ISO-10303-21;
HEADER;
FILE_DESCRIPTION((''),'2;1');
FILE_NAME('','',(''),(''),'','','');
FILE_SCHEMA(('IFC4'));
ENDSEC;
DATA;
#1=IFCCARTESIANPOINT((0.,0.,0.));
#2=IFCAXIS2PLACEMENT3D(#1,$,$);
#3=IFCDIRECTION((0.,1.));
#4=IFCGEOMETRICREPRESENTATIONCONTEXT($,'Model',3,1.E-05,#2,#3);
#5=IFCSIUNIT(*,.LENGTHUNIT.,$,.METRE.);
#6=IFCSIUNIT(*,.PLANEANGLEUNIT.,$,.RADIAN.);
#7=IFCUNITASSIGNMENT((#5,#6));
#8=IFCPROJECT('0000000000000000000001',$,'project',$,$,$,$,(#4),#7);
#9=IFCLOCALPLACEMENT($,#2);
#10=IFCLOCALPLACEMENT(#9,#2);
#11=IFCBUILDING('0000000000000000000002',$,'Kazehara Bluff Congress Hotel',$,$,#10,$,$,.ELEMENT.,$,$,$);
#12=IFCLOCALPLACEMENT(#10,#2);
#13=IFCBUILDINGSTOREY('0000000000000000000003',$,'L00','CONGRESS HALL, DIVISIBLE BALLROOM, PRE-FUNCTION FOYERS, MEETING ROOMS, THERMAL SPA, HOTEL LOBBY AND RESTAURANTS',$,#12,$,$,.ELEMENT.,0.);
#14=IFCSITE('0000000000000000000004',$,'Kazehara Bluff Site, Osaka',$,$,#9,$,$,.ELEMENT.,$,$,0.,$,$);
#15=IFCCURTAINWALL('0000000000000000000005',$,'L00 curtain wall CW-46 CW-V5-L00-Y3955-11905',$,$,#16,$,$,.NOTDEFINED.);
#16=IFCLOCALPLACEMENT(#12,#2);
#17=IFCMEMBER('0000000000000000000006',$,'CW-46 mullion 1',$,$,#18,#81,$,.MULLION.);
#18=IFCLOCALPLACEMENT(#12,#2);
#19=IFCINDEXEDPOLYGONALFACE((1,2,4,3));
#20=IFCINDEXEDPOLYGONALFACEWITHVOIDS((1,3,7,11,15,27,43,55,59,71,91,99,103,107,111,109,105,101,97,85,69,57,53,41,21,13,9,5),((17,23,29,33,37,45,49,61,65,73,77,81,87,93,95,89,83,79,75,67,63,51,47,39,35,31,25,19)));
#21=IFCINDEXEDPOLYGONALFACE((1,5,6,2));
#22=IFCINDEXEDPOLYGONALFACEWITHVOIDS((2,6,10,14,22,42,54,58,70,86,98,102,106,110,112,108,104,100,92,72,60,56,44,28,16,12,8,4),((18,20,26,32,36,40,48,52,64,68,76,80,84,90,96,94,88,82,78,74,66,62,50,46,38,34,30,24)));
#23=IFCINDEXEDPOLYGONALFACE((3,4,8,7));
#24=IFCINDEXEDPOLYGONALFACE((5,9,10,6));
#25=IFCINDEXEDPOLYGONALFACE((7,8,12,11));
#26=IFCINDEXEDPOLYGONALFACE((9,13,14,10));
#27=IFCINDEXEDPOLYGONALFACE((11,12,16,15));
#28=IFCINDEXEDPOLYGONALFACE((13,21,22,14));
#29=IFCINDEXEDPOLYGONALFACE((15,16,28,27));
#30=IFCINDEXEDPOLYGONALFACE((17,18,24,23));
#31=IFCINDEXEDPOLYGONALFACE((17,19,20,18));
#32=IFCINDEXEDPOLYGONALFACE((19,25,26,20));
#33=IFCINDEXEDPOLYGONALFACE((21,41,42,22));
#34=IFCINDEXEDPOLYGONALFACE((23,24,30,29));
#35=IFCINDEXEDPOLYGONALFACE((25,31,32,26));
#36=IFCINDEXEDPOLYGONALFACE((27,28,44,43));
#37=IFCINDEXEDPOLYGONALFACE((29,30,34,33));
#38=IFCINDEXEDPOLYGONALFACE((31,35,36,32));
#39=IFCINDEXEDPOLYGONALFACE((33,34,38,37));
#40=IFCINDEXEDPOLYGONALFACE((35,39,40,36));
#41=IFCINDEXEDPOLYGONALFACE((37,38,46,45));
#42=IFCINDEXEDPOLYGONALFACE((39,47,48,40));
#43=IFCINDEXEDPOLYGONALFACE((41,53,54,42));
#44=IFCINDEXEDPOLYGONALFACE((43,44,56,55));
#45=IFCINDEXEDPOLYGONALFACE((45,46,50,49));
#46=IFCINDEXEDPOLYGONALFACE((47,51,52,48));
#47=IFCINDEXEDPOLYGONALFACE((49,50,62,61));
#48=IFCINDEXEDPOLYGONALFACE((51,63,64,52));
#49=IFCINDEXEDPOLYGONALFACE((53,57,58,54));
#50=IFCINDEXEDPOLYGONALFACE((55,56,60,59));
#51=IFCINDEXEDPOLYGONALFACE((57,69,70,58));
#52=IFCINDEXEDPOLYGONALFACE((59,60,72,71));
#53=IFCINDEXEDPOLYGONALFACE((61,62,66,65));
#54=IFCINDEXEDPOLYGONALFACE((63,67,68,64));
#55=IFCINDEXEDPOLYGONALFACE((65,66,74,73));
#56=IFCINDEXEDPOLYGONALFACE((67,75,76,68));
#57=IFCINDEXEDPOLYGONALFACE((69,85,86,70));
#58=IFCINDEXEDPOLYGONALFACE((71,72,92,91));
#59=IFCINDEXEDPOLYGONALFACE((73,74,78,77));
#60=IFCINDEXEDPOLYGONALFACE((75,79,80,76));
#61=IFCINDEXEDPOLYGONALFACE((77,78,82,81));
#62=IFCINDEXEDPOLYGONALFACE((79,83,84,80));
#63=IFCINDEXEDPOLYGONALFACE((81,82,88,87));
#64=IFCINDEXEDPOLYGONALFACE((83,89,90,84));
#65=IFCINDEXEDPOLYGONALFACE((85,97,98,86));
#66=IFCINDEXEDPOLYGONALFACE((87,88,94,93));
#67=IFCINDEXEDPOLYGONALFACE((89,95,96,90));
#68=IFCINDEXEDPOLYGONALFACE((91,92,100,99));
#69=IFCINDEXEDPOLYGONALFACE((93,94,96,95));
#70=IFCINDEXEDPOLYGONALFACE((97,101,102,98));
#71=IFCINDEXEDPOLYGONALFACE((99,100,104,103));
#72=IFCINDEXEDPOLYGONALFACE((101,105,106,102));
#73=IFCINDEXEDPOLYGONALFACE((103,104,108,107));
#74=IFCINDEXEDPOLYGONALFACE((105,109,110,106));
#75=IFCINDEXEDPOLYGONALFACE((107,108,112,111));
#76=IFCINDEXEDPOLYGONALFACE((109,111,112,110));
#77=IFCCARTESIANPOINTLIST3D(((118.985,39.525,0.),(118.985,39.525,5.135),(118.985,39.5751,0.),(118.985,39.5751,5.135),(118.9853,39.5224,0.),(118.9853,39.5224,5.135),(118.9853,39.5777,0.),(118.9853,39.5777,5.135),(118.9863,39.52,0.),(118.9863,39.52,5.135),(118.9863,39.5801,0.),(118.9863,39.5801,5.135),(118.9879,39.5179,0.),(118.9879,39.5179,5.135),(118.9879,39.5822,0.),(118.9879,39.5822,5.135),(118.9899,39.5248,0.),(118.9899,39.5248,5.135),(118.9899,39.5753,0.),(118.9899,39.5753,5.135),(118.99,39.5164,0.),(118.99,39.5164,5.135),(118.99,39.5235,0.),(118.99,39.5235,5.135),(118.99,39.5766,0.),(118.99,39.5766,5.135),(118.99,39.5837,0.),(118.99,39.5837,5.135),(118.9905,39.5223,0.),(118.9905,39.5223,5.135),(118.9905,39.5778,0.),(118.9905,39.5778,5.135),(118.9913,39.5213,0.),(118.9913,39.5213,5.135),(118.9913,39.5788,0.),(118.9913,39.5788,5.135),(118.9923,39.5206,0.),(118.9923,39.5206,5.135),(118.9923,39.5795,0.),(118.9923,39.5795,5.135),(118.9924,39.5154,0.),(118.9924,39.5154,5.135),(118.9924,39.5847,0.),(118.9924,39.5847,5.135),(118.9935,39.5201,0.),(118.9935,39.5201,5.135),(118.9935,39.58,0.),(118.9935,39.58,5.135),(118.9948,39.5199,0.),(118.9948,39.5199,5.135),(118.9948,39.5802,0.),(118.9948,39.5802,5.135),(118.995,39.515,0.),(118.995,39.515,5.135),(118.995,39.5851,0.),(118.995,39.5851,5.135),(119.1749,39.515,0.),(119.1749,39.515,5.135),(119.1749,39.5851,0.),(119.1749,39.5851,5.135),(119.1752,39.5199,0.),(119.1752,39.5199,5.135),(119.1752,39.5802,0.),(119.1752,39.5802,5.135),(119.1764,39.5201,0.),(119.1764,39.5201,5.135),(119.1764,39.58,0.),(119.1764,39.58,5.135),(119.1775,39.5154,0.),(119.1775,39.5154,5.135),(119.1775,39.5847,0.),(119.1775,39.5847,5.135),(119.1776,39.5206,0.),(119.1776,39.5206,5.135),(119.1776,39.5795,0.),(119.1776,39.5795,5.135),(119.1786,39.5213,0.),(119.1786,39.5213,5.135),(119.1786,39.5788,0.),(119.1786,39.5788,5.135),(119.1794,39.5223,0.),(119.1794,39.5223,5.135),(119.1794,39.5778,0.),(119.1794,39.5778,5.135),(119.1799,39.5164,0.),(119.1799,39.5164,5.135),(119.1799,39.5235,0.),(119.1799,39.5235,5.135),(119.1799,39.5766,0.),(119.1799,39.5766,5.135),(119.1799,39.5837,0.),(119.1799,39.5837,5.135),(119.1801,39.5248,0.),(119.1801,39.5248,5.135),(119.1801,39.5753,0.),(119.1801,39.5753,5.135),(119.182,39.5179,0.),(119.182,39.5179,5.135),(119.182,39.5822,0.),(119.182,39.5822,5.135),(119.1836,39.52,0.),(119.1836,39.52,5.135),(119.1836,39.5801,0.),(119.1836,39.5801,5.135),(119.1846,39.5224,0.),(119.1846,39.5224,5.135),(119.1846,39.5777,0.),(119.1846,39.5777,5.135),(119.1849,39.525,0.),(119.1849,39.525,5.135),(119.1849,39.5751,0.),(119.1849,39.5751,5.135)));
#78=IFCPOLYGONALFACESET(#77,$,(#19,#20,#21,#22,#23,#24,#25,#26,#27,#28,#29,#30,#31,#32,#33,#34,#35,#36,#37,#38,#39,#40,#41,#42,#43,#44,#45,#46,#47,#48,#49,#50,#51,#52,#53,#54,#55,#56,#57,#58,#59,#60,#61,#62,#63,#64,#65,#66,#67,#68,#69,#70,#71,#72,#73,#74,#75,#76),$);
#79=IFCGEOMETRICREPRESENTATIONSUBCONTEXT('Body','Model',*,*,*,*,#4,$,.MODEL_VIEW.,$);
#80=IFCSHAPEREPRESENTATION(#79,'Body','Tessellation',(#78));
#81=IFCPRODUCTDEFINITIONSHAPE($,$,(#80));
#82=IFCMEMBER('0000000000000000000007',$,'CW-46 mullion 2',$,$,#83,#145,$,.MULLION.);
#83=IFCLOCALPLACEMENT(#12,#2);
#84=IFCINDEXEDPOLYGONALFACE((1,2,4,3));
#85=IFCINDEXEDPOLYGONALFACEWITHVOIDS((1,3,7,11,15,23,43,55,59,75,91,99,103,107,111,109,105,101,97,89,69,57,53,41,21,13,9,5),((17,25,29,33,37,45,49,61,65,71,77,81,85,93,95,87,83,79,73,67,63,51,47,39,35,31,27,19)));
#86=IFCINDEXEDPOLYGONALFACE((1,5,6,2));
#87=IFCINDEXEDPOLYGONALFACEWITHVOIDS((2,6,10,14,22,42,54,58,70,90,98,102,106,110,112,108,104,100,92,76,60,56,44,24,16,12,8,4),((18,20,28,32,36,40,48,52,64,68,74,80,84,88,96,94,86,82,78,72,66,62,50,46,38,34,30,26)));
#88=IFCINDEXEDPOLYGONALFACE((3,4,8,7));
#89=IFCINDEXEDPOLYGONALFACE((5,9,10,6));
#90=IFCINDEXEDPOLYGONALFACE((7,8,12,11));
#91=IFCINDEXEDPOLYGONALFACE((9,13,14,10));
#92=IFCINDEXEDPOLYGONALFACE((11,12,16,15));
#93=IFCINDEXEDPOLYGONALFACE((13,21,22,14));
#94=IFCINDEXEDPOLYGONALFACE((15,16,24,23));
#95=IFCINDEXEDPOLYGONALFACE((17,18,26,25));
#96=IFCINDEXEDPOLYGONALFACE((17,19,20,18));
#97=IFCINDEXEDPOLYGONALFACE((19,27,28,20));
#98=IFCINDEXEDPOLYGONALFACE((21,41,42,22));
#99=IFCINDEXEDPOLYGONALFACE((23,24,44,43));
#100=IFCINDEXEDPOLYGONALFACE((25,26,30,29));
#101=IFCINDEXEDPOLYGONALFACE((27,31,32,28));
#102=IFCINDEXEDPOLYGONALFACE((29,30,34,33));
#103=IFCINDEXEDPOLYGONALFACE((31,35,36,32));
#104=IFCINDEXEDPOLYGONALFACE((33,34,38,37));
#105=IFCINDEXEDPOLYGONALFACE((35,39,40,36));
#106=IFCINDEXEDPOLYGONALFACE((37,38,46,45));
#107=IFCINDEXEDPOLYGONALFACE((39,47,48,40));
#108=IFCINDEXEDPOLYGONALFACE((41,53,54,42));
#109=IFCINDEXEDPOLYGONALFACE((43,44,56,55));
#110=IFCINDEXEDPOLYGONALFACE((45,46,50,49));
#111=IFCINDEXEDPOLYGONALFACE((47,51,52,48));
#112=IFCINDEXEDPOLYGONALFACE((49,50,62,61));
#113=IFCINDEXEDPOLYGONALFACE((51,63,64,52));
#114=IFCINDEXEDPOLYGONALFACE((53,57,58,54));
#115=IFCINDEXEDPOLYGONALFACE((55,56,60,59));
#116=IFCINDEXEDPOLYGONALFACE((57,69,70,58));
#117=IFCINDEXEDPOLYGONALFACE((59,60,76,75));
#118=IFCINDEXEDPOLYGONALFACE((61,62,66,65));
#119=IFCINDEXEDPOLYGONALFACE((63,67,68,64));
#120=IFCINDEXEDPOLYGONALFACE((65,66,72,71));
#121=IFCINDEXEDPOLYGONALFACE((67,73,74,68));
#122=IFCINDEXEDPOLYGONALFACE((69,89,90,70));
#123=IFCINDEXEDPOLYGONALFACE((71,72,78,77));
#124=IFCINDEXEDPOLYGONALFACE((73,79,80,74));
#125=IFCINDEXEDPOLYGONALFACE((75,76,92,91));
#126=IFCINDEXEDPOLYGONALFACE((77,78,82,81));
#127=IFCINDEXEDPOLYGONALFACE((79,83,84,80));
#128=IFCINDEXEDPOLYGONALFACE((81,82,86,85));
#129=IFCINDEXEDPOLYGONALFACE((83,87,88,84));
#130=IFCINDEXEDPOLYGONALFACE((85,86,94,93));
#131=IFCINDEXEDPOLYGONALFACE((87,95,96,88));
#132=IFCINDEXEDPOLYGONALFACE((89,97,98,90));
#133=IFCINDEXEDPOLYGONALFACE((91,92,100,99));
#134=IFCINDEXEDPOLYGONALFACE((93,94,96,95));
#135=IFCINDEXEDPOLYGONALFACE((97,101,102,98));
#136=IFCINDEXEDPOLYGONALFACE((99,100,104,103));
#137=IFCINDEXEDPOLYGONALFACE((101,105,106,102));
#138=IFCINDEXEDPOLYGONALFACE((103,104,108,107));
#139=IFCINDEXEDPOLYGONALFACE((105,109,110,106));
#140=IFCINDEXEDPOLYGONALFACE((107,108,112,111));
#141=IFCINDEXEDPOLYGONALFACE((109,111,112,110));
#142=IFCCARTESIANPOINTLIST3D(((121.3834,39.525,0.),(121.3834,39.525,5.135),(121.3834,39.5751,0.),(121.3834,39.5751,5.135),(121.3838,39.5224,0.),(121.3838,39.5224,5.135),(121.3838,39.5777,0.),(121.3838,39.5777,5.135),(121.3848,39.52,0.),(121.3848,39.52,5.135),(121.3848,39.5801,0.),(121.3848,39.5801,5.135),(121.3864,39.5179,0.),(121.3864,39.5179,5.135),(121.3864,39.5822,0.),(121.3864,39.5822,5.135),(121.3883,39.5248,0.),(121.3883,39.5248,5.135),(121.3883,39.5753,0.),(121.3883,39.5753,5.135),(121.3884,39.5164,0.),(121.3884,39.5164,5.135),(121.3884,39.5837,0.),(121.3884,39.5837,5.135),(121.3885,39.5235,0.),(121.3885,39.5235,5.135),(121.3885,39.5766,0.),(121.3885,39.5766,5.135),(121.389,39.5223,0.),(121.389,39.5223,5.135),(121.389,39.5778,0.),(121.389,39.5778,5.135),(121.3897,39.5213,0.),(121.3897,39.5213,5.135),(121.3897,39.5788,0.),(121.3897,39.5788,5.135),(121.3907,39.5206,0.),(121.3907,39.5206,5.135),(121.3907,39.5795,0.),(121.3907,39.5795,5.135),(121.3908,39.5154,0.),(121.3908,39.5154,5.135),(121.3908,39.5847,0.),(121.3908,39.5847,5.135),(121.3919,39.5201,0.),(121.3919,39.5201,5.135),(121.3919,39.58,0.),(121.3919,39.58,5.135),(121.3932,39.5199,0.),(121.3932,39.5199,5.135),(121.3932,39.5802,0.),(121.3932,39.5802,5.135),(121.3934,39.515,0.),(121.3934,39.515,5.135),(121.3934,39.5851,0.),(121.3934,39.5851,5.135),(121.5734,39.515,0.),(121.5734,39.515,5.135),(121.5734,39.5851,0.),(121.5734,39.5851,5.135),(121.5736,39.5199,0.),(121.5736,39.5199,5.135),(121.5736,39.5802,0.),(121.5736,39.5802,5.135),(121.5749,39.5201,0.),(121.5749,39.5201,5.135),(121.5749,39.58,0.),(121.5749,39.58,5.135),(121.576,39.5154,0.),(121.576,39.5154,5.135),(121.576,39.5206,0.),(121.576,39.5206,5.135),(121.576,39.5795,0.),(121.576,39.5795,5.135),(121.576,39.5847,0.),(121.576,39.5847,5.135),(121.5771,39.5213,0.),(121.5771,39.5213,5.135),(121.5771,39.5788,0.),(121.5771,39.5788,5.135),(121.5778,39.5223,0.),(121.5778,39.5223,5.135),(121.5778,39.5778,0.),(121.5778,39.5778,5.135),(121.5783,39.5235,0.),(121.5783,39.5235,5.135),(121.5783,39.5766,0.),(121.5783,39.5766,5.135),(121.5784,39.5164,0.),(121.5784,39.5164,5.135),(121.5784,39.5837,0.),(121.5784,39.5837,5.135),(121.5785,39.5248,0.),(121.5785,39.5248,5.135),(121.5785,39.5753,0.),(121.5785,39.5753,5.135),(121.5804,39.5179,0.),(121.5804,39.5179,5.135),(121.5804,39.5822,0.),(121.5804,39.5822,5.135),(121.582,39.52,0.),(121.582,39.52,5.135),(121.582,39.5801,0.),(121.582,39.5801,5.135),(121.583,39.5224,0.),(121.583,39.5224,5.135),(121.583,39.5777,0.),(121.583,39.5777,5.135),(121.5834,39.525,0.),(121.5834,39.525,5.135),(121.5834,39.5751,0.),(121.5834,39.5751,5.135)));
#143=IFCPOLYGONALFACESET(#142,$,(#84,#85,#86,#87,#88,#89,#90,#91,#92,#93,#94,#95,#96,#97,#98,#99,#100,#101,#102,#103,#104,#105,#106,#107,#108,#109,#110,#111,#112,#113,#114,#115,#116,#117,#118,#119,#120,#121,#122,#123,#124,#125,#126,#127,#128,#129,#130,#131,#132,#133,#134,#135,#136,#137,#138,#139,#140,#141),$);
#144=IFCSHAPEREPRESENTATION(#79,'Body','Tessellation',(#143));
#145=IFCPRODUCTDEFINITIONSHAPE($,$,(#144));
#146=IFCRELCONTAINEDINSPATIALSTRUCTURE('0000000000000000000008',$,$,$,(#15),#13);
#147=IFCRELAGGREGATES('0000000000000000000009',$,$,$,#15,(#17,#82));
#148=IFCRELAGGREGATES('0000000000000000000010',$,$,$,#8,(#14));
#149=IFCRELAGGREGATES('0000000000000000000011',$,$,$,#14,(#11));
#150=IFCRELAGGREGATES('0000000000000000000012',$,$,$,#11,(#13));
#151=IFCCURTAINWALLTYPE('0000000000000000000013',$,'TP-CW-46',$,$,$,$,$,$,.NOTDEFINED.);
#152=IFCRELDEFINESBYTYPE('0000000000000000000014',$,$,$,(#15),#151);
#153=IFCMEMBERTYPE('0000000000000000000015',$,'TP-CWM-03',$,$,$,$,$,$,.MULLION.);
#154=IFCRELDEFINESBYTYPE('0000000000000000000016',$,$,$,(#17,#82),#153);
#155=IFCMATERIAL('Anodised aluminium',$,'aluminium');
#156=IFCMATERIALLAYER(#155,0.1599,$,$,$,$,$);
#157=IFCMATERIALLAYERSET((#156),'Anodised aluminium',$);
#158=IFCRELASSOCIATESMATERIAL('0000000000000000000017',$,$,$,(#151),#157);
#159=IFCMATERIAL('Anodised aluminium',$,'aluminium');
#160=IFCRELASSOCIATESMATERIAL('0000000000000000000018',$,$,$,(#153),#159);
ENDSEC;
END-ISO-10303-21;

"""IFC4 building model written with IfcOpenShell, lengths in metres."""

from ifc_helpers import new_model, si_unit, direction, frame, origin, origin_2d, place, context, subcontext, project, spatial, hollow_rectangle, extrude, material, layer, layer_set, material_profile, profile_set, type_object, element, aggregate, save


model = new_model("IFC4")

# Units and contexts
model_context = context("Model", 3, precision=1e-05, world=origin(), true_north=direction((0.0, 1.0)))
body_context = subcontext(model_context, "Body", "Model", "MODEL_VIEW")
ifc_project = project(units=[si_unit("LENGTHUNIT", "METRE"), si_unit("PLANEANGLEUNIT", "RADIAN")], contexts=[model_context])

# Site, building, storey
site_placement = place(None, origin())
site = spatial("IfcSite", under=ifc_project, at=site_placement, Name="Kazehara Bluff Site, Osaka", CompositionType="ELEMENT", RefElevation=0.0)
building_placement = place(site_placement, origin())
building = spatial("IfcBuilding", under=site, at=building_placement, Name="Kazehara Bluff Congress Hotel", CompositionType="ELEMENT")
storey_placement = place(building_placement, origin())
storey = spatial("IfcBuildingStorey", under=building, at=storey_placement, Name="L00", Description="CONGRESS HALL, DIVISIBLE BALLROOM, PRE-FUNCTION FOYERS, MEETING ROOMS, THERMAL SPA, HOTEL LOBBY AND RESTAURANTS", CompositionType="ELEMENT", Elevation=0.0)

# Curtain wall, members
ifc_material_1 = material(Name="Anodised aluminium", Category="aluminium")
ifc_layer_1 = layer(ifc_material_1, 0.1599)
ifc_layer_set_1 = layer_set([ifc_layer_1], Name="Anodised aluminium")
curtain_wall_type = type_object("IfcCurtainWallType", Name="TP-CW-46", PredefinedType="NOTDEFINED", material=ifc_layer_set_1)
curtain_wall_placement = place(storey_placement, origin())
curtain_wall = element("IfcCurtainWall", 1, at=curtain_wall_placement, inside=storey, type_object=curtain_wall_type, Name="L00 curtain wall CW-46 CW-V5-L00-Y3955-11905", PredefinedType="NOTDEFINED")
ifc_material_2 = material(Name="Anodised aluminium", Category="aluminium")
ifc_material_profile_1 = material_profile(ifc_material_2, hollow_rectangle(XDim=0.0701, YDim=0.2, WallThickness=0.0049, InnerFilletRadius=0.0049, OuterFilletRadius=0.01, at=origin_2d()))
ifc_profile_set_1 = profile_set([ifc_material_profile_1], Name="Anodised aluminium")
member_type_1 = type_object("IfcMemberType", Name="TP-CWM-03", PredefinedType="MULLION", material=ifc_profile_set_1)
member_1_placement = place(storey_placement, frame((119.085, 39.55, 0.0), z_axis=(0.0, 0.0, 1.0), x_axis=(0.0, 1.0, 0.0)))
member_1 = element("IfcMember", 2, at=member_1_placement, type_object=member_type_1, Name="CW-46 mullion 1", PredefinedType="MULLION", context=body_context, shape_type="SweptSolid", body=[
    extrude(hollow_rectangle(XDim=0.0701, YDim=0.2, WallThickness=0.0049, InnerFilletRadius=0.0049, OuterFilletRadius=0.01, at=origin_2d()), origin(), (0.0, 0.0, 1.0), 5.135),
])
member_2_placement = place(storey_placement, frame((121.4834, 39.55, 0.0), z_axis=(0.0, 0.0, 1.0), x_axis=(0.0, 1.0, 0.0)))
member_2 = element("IfcMember", 3, at=member_2_placement, type_object=member_type_1, Name="CW-46 mullion 2", PredefinedType="MULLION", context=body_context, shape_type="SweptSolid", body=[
    extrude(hollow_rectangle(XDim=0.0701, YDim=0.2, WallThickness=0.0049, InnerFilletRadius=0.0049, OuterFilletRadius=0.01, at=origin_2d()), origin(), (0.0, 0.0, 1.0), 5.135),
])

aggregate(curtain_wall, [member_1, member_2])

save(model, "model.ifc")
